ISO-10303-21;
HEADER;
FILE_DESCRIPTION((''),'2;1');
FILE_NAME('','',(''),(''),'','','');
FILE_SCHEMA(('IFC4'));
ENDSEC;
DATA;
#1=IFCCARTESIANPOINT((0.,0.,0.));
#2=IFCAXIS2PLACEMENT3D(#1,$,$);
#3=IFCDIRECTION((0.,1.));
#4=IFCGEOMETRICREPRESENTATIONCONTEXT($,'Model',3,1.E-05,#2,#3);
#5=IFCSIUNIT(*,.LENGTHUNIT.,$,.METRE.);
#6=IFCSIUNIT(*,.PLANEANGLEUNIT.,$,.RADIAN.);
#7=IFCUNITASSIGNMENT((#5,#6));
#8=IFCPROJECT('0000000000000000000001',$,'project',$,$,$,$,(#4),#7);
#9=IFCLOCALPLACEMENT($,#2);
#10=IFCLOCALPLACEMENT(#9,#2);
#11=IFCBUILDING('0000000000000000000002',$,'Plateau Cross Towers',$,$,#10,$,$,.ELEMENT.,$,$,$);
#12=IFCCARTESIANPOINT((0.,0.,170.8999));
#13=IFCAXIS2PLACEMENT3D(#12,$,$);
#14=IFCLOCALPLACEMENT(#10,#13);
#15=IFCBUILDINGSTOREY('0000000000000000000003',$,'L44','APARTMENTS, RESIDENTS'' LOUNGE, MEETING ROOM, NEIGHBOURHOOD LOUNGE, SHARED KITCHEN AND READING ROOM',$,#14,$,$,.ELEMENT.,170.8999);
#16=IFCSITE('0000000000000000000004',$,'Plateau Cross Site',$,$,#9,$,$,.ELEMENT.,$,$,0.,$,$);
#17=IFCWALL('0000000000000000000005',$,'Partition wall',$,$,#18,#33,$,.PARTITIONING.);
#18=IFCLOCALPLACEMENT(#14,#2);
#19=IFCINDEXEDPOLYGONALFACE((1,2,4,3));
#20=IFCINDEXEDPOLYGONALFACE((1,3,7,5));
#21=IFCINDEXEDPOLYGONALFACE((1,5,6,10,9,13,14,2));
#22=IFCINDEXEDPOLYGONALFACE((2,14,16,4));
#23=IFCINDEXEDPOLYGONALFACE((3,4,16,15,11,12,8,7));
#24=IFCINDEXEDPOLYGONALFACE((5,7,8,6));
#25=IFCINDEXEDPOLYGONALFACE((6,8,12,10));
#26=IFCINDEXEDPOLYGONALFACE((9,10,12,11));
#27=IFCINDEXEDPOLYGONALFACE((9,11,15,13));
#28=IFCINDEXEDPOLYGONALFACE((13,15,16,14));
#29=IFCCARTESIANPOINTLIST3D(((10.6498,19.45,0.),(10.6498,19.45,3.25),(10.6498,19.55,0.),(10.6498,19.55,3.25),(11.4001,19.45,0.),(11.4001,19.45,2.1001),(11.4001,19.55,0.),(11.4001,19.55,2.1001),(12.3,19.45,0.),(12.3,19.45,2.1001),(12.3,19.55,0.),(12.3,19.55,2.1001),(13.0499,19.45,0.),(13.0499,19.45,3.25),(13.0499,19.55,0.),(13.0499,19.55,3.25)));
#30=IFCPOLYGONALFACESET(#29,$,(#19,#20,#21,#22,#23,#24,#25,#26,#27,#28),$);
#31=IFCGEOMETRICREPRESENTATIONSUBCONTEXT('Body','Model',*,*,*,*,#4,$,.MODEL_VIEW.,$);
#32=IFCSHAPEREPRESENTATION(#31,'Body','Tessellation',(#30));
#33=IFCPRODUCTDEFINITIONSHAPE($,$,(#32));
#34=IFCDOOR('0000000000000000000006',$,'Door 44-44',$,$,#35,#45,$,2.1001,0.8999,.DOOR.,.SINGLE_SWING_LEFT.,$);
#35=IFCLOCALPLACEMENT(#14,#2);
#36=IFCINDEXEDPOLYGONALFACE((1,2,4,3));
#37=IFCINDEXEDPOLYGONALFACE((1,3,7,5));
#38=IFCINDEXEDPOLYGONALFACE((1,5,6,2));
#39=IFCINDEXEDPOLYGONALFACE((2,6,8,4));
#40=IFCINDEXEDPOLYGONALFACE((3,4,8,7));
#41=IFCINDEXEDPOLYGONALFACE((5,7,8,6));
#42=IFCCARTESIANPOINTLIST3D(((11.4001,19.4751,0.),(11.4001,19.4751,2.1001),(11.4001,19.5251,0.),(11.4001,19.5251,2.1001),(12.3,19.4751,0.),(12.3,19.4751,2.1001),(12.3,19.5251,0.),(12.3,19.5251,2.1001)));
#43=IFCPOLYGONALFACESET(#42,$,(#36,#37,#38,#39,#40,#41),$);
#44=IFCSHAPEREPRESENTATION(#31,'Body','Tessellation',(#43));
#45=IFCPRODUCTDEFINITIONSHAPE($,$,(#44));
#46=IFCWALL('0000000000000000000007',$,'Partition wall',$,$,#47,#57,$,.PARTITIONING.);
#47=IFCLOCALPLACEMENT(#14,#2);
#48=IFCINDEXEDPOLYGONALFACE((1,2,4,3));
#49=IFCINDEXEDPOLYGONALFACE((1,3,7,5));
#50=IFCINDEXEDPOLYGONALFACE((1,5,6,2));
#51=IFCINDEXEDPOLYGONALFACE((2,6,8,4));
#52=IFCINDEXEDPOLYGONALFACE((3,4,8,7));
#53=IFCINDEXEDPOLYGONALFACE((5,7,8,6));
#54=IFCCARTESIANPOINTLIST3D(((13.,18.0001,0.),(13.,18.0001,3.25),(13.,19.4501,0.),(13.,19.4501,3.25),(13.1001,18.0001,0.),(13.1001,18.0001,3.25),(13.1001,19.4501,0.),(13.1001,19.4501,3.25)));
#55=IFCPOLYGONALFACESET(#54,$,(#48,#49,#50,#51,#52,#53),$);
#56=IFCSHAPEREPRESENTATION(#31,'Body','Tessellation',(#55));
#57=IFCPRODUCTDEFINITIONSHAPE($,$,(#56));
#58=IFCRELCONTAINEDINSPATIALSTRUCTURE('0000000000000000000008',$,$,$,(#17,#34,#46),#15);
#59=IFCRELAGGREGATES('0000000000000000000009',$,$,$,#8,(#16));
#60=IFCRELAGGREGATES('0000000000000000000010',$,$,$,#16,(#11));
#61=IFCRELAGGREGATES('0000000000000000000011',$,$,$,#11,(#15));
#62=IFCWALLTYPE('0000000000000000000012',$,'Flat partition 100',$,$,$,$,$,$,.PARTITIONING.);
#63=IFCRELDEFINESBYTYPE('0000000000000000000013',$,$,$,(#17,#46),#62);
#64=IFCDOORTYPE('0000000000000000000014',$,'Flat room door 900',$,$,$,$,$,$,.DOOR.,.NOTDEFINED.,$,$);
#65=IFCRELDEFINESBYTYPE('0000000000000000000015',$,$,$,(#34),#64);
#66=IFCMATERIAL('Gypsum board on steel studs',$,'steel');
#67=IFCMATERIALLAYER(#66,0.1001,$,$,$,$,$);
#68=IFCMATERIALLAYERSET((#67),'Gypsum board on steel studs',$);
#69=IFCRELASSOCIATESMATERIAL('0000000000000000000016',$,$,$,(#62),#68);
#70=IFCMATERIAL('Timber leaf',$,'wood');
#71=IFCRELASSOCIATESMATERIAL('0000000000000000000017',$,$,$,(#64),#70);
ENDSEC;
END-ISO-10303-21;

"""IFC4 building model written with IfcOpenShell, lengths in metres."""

from ifc_helpers import new_model, si_unit, direction, frame, frame_2d, origin, place, context, subcontext, project, spatial, rectangle, extrude, material, layer, layer_set, type_object, element, fill, save


model = new_model("IFC4")

# Units and contexts
model_context = context("Model", 3, precision=1e-05, world=origin(), true_north=direction((0.0, 1.0)))
body_context = subcontext(model_context, "Body", "Model", "MODEL_VIEW")
ifc_project = project(units=[si_unit("LENGTHUNIT", "METRE"), si_unit("PLANEANGLEUNIT", "RADIAN")], contexts=[model_context])

# Site, building, storey
site_placement = place(None, origin())
site = spatial("IfcSite", under=ifc_project, at=site_placement, Name="Plateau Cross Site", CompositionType="ELEMENT", RefElevation=0.0)
building_placement = place(site_placement, origin())
building = spatial("IfcBuilding", under=site, at=building_placement, Name="Plateau Cross Towers", CompositionType="ELEMENT")
storey_placement = place(building_placement, frame((0.0, 0.0, 170.8999)))
storey = spatial("IfcBuildingStorey", under=building, at=storey_placement, Name="L44", Description="APARTMENTS, RESIDENTS' LOUNGE, MEETING ROOM, NEIGHBOURHOOD LOUNGE, SHARED KITCHEN AND READING ROOM", CompositionType="ELEMENT", Elevation=170.8999)

# Wall, opening, door
ifc_material_1 = material(Name="Gypsum board on steel studs", Category="steel")
ifc_layer_1 = layer(ifc_material_1, 0.1001)
ifc_layer_set_1 = layer_set([ifc_layer_1], Name="Gypsum board on steel studs")
wall_type_1 = type_object("IfcWallType", Name="Flat partition 100", PredefinedType="PARTITIONING", material=ifc_layer_set_1)
wall_1_placement = place(storey_placement, frame((13.05, 19.5, 0.0), z_axis=(0.0, 0.0, 1.0), x_axis=(-1.0, 0.0, 0.0)))
wall_1 = element("IfcWall", 1, at=wall_1_placement, inside=storey, type_object=wall_type_1, Name="Partition wall", PredefinedType="PARTITIONING", context=body_context, shape_type="SweptSolid", body=[
    extrude(rectangle(XDim=2.4001, YDim=0.1001, at=frame_2d((1.2002, 0.0))), origin(), (0.0, 0.0, 1.0), 3.25),
])
opening_1_placement = place(wall_1_placement, frame((0.75, 0.0, 0.0)))
opening_1 = element("IfcOpeningElement", 2, at=opening_1_placement, cuts=wall_1, PredefinedType="OPENING", context=body_context, shape_type="SweptSolid", body=[
    extrude(rectangle(XDim=0.8999, YDim=2.1001, at=frame_2d((0.45, 1.05))), frame((0.0, 0.0601, 0.0), z_axis=(0.0, -1.0, 0.0), x_axis=(1.0, 0.0, 0.0)), (0.0, 0.0, 1.0), 0.1201),
])
ifc_material_2 = material(Name="Timber leaf", Category="wood")
door_type_1 = type_object("IfcDoorType", Name="Flat room door 900", OperationType="NOTDEFINED", PredefinedType="DOOR", material=ifc_material_2)
door_1_placement = place(opening_1_placement, origin())
door_1 = element("IfcDoor", 3, at=door_1_placement, inside=storey, type_object=door_type_1, Name="Door 44-44", OperationType="SINGLE_SWING_LEFT", OverallHeight=2.1001, OverallWidth=0.8999, PredefinedType="DOOR", context=body_context, shape_type="SweptSolid", body=[
    extrude(rectangle(XDim=0.8999, YDim=2.1001, at=frame_2d((0.45, 1.05))), frame((0.0, 0.0249, 0.0), z_axis=(0.0, -1.0, 0.0), x_axis=(1.0, 0.0, 0.0)), (0.0, 0.0, 1.0), 0.05),
])
fill(opening_1, door_1)

# Wall
wall_2_placement = place(storey_placement, frame((13.05, 18.0, 0.0), z_axis=(0.0, 0.0, 1.0), x_axis=(0.0, 1.0, 0.0)))
element("IfcWall", 4, at=wall_2_placement, inside=storey, type_object=wall_type_1, Name="Partition wall", PredefinedType="PARTITIONING", context=body_context, shape_type="SweptSolid", body=[
    extrude(rectangle(XDim=1.45, YDim=0.1001, at=frame_2d((0.7251, 0.0))), origin(), (0.0, 0.0, 1.0), 3.25),
])

save(model, "model.ifc")
